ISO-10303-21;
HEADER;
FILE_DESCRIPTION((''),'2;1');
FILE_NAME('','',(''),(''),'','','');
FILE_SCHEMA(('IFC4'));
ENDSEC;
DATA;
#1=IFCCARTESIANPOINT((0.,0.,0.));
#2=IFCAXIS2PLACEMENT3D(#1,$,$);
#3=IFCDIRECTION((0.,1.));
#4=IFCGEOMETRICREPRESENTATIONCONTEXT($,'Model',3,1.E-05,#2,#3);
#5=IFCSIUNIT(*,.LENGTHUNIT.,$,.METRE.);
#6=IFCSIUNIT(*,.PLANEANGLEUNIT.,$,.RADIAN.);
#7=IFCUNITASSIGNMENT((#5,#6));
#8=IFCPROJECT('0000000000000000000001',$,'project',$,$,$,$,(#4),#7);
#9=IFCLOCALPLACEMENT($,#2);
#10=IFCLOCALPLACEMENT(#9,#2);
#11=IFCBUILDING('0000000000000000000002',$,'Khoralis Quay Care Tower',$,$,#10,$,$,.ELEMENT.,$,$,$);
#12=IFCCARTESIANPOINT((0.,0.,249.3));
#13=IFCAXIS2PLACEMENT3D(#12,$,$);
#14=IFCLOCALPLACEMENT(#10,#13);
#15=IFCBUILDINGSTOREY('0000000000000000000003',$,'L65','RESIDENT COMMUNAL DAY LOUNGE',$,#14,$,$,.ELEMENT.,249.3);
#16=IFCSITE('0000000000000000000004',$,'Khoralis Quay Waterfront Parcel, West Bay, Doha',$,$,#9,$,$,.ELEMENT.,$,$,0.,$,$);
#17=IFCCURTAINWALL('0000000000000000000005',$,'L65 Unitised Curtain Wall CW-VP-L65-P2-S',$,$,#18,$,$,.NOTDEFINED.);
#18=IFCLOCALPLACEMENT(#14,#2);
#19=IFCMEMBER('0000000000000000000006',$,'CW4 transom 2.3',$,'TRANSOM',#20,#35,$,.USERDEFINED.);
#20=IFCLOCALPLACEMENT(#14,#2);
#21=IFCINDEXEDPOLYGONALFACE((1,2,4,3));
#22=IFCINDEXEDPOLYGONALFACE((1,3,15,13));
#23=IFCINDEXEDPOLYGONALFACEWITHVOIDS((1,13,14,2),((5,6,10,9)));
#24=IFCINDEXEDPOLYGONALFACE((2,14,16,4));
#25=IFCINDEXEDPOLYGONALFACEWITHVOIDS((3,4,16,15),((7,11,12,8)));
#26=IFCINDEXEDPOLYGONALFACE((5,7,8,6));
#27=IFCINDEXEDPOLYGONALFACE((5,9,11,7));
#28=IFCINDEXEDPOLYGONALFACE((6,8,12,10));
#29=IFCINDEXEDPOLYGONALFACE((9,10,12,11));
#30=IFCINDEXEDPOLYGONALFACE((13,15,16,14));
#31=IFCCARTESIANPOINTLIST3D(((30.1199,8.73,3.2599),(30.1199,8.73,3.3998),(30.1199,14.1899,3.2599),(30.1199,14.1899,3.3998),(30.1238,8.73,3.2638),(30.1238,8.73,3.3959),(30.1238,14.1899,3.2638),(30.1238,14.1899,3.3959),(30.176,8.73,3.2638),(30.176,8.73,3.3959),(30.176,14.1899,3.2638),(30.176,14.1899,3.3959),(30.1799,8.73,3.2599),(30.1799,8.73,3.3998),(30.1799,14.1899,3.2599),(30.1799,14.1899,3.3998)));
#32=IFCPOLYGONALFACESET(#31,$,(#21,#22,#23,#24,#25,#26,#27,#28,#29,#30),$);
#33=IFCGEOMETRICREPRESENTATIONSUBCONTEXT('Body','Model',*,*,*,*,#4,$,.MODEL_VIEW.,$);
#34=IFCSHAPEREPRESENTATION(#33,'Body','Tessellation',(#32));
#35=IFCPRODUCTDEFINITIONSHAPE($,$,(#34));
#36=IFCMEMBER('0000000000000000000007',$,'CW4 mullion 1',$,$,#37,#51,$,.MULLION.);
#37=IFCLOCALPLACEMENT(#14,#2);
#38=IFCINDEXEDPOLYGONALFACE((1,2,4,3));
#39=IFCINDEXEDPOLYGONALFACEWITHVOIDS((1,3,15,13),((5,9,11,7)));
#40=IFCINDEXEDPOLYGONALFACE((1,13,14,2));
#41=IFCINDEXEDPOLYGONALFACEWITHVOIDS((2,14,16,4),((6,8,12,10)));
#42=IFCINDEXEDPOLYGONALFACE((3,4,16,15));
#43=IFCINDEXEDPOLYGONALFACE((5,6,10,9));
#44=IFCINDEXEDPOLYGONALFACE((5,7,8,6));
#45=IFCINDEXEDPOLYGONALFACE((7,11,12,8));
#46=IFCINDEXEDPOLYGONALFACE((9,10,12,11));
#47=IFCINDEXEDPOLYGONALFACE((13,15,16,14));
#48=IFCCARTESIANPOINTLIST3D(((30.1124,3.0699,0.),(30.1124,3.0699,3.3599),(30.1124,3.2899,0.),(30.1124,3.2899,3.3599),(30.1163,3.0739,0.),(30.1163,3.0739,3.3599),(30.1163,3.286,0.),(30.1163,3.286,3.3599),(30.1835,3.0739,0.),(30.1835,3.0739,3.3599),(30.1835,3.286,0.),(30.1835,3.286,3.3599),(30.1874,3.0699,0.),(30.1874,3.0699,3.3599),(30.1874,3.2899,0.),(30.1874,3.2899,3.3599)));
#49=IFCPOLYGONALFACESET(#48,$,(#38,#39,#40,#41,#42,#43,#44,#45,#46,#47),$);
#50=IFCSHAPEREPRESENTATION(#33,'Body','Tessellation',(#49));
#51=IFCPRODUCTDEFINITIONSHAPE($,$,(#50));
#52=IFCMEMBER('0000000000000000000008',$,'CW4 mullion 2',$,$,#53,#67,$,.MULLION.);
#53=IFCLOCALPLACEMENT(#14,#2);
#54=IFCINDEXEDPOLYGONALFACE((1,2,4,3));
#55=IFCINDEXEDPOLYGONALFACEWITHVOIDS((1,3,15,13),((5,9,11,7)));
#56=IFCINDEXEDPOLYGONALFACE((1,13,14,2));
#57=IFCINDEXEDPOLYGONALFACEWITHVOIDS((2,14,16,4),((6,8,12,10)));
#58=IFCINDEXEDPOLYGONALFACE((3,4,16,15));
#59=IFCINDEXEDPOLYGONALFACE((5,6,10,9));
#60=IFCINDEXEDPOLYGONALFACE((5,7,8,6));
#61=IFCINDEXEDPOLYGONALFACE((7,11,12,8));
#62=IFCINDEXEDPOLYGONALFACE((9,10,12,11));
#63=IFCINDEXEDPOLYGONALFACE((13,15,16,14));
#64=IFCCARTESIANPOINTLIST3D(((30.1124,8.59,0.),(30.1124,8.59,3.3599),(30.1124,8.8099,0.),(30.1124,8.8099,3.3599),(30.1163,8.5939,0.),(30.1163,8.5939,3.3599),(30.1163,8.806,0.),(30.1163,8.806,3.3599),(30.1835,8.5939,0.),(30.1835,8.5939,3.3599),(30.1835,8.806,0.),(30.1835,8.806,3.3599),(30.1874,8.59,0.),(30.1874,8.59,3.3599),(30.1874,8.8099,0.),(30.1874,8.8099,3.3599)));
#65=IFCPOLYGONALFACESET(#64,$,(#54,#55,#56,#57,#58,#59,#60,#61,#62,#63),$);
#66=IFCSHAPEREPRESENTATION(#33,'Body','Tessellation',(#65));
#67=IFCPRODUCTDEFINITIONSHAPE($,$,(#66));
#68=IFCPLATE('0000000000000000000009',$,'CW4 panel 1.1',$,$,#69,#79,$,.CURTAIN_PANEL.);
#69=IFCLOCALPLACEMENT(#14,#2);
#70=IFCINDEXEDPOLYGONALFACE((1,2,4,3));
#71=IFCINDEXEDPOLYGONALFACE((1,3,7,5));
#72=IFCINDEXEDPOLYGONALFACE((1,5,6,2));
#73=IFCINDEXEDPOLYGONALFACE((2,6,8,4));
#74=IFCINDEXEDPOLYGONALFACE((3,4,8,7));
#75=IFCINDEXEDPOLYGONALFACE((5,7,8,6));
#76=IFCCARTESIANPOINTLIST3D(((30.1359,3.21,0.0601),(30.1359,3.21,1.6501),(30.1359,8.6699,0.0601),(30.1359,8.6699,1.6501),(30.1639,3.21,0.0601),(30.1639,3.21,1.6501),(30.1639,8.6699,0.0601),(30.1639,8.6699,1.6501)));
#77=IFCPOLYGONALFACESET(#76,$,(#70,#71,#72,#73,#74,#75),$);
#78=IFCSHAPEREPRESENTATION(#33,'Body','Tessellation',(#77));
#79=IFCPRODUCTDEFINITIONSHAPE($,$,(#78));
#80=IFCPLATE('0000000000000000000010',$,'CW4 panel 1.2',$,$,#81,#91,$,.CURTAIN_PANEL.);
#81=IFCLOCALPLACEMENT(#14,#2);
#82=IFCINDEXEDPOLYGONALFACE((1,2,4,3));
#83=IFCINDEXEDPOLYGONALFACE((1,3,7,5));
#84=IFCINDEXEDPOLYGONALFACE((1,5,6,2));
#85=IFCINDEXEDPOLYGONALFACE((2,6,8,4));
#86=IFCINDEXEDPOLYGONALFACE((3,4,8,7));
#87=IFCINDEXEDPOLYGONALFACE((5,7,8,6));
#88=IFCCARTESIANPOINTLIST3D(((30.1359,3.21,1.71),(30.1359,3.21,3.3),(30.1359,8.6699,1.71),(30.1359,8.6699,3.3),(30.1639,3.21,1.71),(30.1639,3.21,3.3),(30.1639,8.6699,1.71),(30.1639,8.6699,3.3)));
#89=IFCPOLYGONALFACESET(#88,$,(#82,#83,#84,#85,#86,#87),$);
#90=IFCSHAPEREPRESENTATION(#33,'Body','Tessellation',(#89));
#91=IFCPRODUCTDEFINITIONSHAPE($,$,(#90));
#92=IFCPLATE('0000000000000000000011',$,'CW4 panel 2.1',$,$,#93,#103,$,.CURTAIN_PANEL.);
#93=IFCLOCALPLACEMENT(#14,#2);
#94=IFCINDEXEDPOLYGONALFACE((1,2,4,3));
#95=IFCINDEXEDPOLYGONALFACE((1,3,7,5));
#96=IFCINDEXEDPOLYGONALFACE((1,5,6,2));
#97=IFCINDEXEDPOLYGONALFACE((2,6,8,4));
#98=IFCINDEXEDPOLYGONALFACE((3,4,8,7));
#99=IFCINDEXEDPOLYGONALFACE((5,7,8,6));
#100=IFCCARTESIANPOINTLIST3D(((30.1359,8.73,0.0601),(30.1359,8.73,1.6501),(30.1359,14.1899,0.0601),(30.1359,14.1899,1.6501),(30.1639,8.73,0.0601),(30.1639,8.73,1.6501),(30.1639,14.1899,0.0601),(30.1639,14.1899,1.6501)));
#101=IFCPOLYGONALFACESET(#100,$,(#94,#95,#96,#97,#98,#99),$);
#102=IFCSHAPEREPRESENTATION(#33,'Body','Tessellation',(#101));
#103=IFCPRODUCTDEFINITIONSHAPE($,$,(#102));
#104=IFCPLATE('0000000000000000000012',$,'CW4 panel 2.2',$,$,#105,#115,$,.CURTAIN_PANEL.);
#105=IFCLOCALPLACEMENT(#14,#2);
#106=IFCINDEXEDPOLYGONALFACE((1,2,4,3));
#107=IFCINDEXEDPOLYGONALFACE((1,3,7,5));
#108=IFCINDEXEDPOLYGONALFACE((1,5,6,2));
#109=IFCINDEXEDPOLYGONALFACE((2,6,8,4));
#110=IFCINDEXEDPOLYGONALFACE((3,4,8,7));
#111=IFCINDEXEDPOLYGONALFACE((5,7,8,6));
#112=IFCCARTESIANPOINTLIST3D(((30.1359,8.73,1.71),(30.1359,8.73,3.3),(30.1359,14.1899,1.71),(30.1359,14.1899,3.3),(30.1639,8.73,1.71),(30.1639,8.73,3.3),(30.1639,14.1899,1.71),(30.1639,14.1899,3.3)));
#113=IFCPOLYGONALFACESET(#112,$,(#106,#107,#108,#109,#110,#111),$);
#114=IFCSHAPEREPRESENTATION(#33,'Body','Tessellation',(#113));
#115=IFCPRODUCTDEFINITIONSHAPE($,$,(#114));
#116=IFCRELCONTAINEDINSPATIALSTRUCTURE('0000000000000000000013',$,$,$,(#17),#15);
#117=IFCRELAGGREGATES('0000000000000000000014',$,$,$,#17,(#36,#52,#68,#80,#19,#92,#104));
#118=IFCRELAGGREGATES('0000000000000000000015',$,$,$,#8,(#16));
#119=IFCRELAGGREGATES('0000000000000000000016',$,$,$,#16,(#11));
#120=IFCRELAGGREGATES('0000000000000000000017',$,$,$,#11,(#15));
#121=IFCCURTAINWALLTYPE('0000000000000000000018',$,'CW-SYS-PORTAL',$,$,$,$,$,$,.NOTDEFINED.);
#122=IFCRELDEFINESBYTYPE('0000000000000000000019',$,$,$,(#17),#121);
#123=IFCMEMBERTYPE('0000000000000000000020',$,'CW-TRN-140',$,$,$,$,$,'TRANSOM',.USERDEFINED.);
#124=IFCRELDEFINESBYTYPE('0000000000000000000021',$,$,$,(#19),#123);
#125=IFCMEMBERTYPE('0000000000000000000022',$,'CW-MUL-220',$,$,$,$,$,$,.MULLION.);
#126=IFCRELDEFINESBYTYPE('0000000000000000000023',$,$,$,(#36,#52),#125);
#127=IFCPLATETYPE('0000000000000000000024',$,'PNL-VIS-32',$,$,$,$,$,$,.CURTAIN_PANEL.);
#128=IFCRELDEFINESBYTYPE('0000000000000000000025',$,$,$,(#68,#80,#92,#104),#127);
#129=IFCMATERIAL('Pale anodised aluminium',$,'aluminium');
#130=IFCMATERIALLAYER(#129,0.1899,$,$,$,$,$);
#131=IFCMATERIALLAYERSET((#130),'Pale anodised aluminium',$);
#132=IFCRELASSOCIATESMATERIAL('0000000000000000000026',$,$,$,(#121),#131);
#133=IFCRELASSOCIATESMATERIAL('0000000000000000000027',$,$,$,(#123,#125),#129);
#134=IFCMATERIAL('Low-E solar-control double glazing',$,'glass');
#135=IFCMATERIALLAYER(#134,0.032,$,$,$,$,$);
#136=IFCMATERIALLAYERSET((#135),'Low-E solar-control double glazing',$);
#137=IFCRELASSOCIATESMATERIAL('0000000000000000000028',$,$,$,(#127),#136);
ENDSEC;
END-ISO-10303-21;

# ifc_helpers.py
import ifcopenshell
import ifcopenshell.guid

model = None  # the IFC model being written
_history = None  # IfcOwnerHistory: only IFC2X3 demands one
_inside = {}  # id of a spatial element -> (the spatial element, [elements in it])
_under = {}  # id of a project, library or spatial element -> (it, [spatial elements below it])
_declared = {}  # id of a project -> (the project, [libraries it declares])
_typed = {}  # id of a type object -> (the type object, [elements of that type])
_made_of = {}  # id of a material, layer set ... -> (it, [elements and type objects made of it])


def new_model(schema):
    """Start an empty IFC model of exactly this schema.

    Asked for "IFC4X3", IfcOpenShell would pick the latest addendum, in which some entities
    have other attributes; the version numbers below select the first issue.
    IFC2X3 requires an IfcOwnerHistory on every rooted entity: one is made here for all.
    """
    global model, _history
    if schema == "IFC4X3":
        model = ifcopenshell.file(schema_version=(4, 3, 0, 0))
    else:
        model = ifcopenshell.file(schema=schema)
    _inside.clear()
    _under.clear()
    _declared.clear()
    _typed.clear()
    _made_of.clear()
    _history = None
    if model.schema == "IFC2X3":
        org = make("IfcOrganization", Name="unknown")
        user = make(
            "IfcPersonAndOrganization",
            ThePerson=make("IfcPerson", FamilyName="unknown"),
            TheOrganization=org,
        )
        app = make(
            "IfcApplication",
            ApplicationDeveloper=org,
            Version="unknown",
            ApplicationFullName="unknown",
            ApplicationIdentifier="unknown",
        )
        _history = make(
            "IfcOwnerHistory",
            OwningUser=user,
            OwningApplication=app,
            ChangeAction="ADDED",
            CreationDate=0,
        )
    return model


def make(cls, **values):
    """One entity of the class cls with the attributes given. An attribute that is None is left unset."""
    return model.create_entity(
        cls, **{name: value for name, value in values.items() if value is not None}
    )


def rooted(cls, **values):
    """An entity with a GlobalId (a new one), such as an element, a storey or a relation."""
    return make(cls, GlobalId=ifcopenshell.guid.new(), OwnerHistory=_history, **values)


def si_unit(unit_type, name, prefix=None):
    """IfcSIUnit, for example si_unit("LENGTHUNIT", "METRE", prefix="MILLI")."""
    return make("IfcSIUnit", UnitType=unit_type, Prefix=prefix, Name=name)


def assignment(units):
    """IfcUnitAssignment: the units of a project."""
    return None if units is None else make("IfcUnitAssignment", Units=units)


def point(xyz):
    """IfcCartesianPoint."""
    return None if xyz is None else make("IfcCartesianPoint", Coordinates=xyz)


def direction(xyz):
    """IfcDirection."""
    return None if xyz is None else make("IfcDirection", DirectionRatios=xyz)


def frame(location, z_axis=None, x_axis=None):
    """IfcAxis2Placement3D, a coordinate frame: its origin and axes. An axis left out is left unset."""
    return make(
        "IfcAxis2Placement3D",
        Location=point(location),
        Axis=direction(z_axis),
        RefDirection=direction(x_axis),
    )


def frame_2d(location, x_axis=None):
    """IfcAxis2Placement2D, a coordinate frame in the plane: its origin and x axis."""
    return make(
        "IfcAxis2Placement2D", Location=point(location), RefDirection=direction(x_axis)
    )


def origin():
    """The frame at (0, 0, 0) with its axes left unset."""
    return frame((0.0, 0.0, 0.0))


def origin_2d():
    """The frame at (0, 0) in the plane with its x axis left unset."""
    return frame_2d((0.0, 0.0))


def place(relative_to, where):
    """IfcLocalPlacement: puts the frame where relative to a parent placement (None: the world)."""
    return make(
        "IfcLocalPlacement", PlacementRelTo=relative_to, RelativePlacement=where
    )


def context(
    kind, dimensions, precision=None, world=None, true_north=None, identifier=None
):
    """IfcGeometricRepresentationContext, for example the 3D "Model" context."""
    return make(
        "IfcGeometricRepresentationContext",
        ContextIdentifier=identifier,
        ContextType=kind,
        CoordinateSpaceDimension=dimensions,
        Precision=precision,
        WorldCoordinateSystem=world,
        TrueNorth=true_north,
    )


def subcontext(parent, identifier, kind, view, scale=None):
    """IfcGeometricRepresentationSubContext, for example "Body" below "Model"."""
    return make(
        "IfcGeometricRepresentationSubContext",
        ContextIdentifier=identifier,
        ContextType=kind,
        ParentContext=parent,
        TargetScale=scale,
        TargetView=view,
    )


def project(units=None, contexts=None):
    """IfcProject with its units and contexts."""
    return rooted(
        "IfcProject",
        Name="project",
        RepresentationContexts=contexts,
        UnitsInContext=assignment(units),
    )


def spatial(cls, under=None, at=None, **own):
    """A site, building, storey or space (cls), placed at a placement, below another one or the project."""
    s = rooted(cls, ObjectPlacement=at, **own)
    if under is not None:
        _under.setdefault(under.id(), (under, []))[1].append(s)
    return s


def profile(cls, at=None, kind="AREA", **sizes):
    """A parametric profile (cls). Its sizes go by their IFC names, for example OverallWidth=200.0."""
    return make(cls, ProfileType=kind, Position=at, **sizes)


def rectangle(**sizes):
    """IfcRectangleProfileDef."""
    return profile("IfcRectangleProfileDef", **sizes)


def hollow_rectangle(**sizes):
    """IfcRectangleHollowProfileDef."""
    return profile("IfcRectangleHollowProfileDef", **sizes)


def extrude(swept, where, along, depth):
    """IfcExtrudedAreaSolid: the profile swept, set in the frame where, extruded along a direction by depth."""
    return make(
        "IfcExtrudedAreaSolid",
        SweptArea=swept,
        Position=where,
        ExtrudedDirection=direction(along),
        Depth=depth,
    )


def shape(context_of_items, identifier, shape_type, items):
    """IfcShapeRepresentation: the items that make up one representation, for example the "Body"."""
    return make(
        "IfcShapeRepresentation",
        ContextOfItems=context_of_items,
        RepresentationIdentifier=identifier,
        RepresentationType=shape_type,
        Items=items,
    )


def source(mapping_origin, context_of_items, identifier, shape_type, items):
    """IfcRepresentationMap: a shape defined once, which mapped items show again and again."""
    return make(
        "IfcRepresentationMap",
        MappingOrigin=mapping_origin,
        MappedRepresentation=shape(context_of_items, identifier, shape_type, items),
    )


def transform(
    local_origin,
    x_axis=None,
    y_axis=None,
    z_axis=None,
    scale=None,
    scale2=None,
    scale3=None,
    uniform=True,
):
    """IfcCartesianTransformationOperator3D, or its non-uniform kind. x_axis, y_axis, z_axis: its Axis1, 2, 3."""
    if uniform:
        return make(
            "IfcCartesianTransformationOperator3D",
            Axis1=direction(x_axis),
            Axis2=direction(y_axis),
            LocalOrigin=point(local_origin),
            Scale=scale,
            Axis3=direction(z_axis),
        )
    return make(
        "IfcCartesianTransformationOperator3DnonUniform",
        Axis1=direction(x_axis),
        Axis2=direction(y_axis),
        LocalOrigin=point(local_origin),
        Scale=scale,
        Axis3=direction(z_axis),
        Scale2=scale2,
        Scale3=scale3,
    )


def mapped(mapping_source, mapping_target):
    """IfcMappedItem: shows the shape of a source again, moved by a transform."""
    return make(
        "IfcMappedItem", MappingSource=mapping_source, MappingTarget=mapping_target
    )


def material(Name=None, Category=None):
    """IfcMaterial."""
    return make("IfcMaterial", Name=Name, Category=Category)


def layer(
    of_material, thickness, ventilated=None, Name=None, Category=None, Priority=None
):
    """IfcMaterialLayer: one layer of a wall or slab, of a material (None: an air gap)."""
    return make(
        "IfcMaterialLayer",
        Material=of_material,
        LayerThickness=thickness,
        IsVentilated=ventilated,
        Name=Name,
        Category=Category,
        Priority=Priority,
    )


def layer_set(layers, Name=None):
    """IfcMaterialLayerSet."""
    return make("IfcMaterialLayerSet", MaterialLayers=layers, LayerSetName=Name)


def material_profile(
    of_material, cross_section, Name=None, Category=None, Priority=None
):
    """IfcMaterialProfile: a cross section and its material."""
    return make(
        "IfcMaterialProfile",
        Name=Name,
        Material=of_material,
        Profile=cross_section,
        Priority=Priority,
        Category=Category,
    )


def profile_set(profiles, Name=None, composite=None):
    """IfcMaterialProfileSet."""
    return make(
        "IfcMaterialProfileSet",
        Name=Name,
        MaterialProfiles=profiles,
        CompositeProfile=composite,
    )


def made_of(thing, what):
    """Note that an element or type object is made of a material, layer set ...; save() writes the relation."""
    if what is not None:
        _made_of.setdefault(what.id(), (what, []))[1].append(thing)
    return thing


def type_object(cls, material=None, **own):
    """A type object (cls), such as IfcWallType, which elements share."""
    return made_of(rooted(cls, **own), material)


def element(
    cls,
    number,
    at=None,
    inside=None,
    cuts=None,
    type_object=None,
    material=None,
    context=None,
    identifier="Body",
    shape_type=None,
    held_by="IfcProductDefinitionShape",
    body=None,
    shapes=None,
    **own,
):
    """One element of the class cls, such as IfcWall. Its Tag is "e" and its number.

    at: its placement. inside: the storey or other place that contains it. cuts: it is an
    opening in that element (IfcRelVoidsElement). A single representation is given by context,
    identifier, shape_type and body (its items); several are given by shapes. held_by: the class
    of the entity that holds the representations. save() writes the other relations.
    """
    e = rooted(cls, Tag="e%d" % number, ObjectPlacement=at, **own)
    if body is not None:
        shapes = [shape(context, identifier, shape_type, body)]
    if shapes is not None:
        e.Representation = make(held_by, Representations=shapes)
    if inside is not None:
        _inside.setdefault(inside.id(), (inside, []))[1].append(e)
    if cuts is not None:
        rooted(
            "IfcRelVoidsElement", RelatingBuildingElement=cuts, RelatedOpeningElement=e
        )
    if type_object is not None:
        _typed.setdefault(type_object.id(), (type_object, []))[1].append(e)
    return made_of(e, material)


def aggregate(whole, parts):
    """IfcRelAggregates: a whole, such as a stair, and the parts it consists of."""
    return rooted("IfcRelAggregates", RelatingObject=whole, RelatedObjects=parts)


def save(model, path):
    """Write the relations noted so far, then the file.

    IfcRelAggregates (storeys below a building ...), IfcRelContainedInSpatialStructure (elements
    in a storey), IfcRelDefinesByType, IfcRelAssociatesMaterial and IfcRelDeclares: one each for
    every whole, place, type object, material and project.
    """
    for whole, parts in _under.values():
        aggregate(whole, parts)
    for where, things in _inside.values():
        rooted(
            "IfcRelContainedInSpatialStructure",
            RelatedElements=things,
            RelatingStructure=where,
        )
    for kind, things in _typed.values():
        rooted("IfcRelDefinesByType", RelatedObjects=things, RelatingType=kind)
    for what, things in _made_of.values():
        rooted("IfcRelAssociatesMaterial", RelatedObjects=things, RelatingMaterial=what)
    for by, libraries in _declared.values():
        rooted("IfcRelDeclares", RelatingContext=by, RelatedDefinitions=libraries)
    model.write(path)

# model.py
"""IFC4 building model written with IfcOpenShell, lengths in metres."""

from ifc_helpers import new_model, si_unit, direction, frame, origin, origin_2d, place, context, subcontext, project, spatial, rectangle, hollow_rectangle, extrude, source, transform, mapped, material, layer, layer_set, material_profile, profile_set, type_object, element, aggregate, save


model = new_model("IFC4")

# Units and contexts
model_context = context("Model", 3, precision=1e-05, world=origin(), true_north=direction((0.0, 1.0)))
body_context = subcontext(model_context, "Body", "Model", "MODEL_VIEW")
ifc_project = project(units=[si_unit("LENGTHUNIT", "METRE"), si_unit("PLANEANGLEUNIT", "RADIAN")], contexts=[model_context])

# Site, building, storey
site_placement = place(None, origin())
site = spatial("IfcSite", under=ifc_project, at=site_placement, Name="Khoralis Quay Waterfront Parcel, West Bay, Doha", CompositionType="ELEMENT", RefElevation=0.0)
building_placement = place(site_placement, origin())
building = spatial("IfcBuilding", under=site, at=building_placement, Name="Khoralis Quay Care Tower", CompositionType="ELEMENT")
storey_placement = place(building_placement, frame((0.0, 0.0, 249.3)))
storey = spatial("IfcBuildingStorey", under=building, at=storey_placement, Name="L65", Description="RESIDENT COMMUNAL DAY LOUNGE", CompositionType="ELEMENT", Elevation=249.3)

# Curtain wall, members, plates
ifc_material_1 = material(Name="Pale anodised aluminium", Category="aluminium")
ifc_layer_1 = layer(ifc_material_1, 0.1899)
ifc_layer_set_1 = layer_set([ifc_layer_1], Name="Pale anodised aluminium")
curtain_wall_type = type_object("IfcCurtainWallType", Name="CW-SYS-PORTAL", PredefinedType="NOTDEFINED", material=ifc_layer_set_1)
curtain_wall_placement = place(storey_placement, origin())
curtain_wall = element("IfcCurtainWall", 1, at=curtain_wall_placement, inside=storey, type_object=curtain_wall_type, Name="L65 Unitised Curtain Wall CW-VP-L65-P2-S", PredefinedType="NOTDEFINED")
ifc_material_profile_1 = material_profile(ifc_material_1, hollow_rectangle(XDim=0.0601, YDim=0.1399, WallThickness=0.0039, at=origin_2d()), Name="Pale anodised aluminium")
ifc_profile_set_1 = profile_set([ifc_material_profile_1], Name="Pale anodised aluminium")
member_type_1 = type_object("IfcMemberType", Name="CW-TRN-140", ElementType="TRANSOM", PredefinedType="USERDEFINED", material=ifc_profile_set_1)
shared_shape_1 = source(origin(), body_context, "Body", "SweptSolid", [
    extrude(hollow_rectangle(XDim=0.0601, YDim=0.1399, WallThickness=0.0039, at=origin_2d()), origin(), (0.0, 0.0, 1.0), 5.46),
])
member_1_placement = place(storey_placement, frame((30.1499, 8.73, 3.3298), z_axis=(0.0, 1.0, 0.0), x_axis=(-1.0, 0.0, 0.0)))
member_1 = element("IfcMember", 2, at=member_1_placement, type_object=member_type_1, Name="CW4 transom 2.3", ObjectType="TRANSOM", PredefinedType="USERDEFINED", context=body_context, shape_type="MappedRepresentation", body=[
    mapped(shared_shape_1, transform((0.0, 0.0, 0.0), scale=1.0)),
])
ifc_material_profile_2 = material_profile(ifc_material_1, hollow_rectangle(XDim=0.075, YDim=0.22, WallThickness=0.0039, at=origin_2d()), Name="Pale anodised aluminium")
ifc_profile_set_2 = profile_set([ifc_material_profile_2], Name="Pale anodised aluminium")
member_type_2 = type_object("IfcMemberType", Name="CW-MUL-220", PredefinedType="MULLION", material=ifc_profile_set_2)
shared_shape_2 = source(origin(), body_context, "Body", "SweptSolid", [
    extrude(hollow_rectangle(XDim=0.075, YDim=0.22, WallThickness=0.0039, at=origin_2d()), origin(), (0.0, 0.0, 1.0), 3.3599),
])
member_2_placement = place(storey_placement, frame((30.1499, 3.1799, 0.0), z_axis=(0.0, 0.0, 1.0), x_axis=(-1.0, 0.0, 0.0)))
member_2 = element("IfcMember", 3, at=member_2_placement, type_object=member_type_2, Name="CW4 mullion 1", PredefinedType="MULLION", context=body_context, shape_type="MappedRepresentation", body=[
    mapped(shared_shape_2, transform((0.0, 0.0, 0.0), scale=1.0)),
])
member_3_placement = place(storey_placement, frame((30.1499, 8.7, 0.0), z_axis=(0.0, 0.0, 1.0), x_axis=(-1.0, 0.0, 0.0)))
member_3 = element("IfcMember", 4, at=member_3_placement, type_object=member_type_2, Name="CW4 mullion 2", PredefinedType="MULLION", context=body_context, shape_type="MappedRepresentation", body=[
    mapped(shared_shape_2, transform((0.0, 0.0, 0.0), scale=1.0)),
])
ifc_material_2 = material(Name="Low-E solar-control double glazing", Category="glass")
ifc_layer_2 = layer(ifc_material_2, 0.032)
ifc_layer_set_2 = layer_set([ifc_layer_2], Name="Low-E solar-control double glazing")
plate_type = type_object("IfcPlateType", Name="PNL-VIS-32", PredefinedType="CURTAIN_PANEL", material=ifc_layer_set_2)
shared_shape_3 = source(origin(), body_context, "Body", "SweptSolid", [
    extrude(rectangle(XDim=5.46, YDim=0.0281, at=origin_2d()), origin(), (0.0, 0.0, 1.0), 1.5901),
])
plate_1_placement = place(storey_placement, frame((30.1499, 5.9399, 0.0601), z_axis=(0.0, 0.0, 1.0), x_axis=(0.0, 1.0, 0.0)))
plate_1 = element("IfcPlate", 5, at=plate_1_placement, type_object=plate_type, Name="CW4 panel 1.1", PredefinedType="CURTAIN_PANEL", context=body_context, shape_type="MappedRepresentation", body=[
    mapped(shared_shape_3, transform((0.0, 0.0, 0.0), scale=1.0)),
])
plate_2_placement = place(storey_placement, frame((30.1499, 5.9399, 1.71), z_axis=(0.0, 0.0, 1.0), x_axis=(0.0, 1.0, 0.0)))
plate_2 = element("IfcPlate", 6, at=plate_2_placement, type_object=plate_type, Name="CW4 panel 1.2", PredefinedType="CURTAIN_PANEL", context=body_context, shape_type="MappedRepresentation", body=[
    mapped(shared_shape_3, transform((0.0, 0.0, 0.0), scale=1.0)),
])
plate_3_placement = place(storey_placement, frame((30.1499, 11.46, 0.0601), z_axis=(0.0, 0.0, 1.0), x_axis=(0.0, 1.0, 0.0)))
plate_3 = element("IfcPlate", 7, at=plate_3_placement, type_object=plate_type, Name="CW4 panel 2.1", PredefinedType="CURTAIN_PANEL", context=body_context, shape_type="MappedRepresentation", body=[
    mapped(shared_shape_3, transform((0.0, 0.0, 0.0), scale=1.0)),
])
plate_4_placement = place(storey_placement, frame((30.1499, 11.46, 1.71), z_axis=(0.0, 0.0, 1.0), x_axis=(0.0, 1.0, 0.0)))
plate_4 = element("IfcPlate", 8, at=plate_4_placement, type_object=plate_type, Name="CW4 panel 2.2", PredefinedType="CURTAIN_PANEL", context=body_context, shape_type="MappedRepresentation", body=[
    mapped(shared_shape_3, transform((0.0, 0.0, 0.0), scale=1.0)),
])
aggregate(curtain_wall, [member_2, member_3, plate_1, plate_2, member_1, plate_3, plate_4])

save(model, "model.ifc")
